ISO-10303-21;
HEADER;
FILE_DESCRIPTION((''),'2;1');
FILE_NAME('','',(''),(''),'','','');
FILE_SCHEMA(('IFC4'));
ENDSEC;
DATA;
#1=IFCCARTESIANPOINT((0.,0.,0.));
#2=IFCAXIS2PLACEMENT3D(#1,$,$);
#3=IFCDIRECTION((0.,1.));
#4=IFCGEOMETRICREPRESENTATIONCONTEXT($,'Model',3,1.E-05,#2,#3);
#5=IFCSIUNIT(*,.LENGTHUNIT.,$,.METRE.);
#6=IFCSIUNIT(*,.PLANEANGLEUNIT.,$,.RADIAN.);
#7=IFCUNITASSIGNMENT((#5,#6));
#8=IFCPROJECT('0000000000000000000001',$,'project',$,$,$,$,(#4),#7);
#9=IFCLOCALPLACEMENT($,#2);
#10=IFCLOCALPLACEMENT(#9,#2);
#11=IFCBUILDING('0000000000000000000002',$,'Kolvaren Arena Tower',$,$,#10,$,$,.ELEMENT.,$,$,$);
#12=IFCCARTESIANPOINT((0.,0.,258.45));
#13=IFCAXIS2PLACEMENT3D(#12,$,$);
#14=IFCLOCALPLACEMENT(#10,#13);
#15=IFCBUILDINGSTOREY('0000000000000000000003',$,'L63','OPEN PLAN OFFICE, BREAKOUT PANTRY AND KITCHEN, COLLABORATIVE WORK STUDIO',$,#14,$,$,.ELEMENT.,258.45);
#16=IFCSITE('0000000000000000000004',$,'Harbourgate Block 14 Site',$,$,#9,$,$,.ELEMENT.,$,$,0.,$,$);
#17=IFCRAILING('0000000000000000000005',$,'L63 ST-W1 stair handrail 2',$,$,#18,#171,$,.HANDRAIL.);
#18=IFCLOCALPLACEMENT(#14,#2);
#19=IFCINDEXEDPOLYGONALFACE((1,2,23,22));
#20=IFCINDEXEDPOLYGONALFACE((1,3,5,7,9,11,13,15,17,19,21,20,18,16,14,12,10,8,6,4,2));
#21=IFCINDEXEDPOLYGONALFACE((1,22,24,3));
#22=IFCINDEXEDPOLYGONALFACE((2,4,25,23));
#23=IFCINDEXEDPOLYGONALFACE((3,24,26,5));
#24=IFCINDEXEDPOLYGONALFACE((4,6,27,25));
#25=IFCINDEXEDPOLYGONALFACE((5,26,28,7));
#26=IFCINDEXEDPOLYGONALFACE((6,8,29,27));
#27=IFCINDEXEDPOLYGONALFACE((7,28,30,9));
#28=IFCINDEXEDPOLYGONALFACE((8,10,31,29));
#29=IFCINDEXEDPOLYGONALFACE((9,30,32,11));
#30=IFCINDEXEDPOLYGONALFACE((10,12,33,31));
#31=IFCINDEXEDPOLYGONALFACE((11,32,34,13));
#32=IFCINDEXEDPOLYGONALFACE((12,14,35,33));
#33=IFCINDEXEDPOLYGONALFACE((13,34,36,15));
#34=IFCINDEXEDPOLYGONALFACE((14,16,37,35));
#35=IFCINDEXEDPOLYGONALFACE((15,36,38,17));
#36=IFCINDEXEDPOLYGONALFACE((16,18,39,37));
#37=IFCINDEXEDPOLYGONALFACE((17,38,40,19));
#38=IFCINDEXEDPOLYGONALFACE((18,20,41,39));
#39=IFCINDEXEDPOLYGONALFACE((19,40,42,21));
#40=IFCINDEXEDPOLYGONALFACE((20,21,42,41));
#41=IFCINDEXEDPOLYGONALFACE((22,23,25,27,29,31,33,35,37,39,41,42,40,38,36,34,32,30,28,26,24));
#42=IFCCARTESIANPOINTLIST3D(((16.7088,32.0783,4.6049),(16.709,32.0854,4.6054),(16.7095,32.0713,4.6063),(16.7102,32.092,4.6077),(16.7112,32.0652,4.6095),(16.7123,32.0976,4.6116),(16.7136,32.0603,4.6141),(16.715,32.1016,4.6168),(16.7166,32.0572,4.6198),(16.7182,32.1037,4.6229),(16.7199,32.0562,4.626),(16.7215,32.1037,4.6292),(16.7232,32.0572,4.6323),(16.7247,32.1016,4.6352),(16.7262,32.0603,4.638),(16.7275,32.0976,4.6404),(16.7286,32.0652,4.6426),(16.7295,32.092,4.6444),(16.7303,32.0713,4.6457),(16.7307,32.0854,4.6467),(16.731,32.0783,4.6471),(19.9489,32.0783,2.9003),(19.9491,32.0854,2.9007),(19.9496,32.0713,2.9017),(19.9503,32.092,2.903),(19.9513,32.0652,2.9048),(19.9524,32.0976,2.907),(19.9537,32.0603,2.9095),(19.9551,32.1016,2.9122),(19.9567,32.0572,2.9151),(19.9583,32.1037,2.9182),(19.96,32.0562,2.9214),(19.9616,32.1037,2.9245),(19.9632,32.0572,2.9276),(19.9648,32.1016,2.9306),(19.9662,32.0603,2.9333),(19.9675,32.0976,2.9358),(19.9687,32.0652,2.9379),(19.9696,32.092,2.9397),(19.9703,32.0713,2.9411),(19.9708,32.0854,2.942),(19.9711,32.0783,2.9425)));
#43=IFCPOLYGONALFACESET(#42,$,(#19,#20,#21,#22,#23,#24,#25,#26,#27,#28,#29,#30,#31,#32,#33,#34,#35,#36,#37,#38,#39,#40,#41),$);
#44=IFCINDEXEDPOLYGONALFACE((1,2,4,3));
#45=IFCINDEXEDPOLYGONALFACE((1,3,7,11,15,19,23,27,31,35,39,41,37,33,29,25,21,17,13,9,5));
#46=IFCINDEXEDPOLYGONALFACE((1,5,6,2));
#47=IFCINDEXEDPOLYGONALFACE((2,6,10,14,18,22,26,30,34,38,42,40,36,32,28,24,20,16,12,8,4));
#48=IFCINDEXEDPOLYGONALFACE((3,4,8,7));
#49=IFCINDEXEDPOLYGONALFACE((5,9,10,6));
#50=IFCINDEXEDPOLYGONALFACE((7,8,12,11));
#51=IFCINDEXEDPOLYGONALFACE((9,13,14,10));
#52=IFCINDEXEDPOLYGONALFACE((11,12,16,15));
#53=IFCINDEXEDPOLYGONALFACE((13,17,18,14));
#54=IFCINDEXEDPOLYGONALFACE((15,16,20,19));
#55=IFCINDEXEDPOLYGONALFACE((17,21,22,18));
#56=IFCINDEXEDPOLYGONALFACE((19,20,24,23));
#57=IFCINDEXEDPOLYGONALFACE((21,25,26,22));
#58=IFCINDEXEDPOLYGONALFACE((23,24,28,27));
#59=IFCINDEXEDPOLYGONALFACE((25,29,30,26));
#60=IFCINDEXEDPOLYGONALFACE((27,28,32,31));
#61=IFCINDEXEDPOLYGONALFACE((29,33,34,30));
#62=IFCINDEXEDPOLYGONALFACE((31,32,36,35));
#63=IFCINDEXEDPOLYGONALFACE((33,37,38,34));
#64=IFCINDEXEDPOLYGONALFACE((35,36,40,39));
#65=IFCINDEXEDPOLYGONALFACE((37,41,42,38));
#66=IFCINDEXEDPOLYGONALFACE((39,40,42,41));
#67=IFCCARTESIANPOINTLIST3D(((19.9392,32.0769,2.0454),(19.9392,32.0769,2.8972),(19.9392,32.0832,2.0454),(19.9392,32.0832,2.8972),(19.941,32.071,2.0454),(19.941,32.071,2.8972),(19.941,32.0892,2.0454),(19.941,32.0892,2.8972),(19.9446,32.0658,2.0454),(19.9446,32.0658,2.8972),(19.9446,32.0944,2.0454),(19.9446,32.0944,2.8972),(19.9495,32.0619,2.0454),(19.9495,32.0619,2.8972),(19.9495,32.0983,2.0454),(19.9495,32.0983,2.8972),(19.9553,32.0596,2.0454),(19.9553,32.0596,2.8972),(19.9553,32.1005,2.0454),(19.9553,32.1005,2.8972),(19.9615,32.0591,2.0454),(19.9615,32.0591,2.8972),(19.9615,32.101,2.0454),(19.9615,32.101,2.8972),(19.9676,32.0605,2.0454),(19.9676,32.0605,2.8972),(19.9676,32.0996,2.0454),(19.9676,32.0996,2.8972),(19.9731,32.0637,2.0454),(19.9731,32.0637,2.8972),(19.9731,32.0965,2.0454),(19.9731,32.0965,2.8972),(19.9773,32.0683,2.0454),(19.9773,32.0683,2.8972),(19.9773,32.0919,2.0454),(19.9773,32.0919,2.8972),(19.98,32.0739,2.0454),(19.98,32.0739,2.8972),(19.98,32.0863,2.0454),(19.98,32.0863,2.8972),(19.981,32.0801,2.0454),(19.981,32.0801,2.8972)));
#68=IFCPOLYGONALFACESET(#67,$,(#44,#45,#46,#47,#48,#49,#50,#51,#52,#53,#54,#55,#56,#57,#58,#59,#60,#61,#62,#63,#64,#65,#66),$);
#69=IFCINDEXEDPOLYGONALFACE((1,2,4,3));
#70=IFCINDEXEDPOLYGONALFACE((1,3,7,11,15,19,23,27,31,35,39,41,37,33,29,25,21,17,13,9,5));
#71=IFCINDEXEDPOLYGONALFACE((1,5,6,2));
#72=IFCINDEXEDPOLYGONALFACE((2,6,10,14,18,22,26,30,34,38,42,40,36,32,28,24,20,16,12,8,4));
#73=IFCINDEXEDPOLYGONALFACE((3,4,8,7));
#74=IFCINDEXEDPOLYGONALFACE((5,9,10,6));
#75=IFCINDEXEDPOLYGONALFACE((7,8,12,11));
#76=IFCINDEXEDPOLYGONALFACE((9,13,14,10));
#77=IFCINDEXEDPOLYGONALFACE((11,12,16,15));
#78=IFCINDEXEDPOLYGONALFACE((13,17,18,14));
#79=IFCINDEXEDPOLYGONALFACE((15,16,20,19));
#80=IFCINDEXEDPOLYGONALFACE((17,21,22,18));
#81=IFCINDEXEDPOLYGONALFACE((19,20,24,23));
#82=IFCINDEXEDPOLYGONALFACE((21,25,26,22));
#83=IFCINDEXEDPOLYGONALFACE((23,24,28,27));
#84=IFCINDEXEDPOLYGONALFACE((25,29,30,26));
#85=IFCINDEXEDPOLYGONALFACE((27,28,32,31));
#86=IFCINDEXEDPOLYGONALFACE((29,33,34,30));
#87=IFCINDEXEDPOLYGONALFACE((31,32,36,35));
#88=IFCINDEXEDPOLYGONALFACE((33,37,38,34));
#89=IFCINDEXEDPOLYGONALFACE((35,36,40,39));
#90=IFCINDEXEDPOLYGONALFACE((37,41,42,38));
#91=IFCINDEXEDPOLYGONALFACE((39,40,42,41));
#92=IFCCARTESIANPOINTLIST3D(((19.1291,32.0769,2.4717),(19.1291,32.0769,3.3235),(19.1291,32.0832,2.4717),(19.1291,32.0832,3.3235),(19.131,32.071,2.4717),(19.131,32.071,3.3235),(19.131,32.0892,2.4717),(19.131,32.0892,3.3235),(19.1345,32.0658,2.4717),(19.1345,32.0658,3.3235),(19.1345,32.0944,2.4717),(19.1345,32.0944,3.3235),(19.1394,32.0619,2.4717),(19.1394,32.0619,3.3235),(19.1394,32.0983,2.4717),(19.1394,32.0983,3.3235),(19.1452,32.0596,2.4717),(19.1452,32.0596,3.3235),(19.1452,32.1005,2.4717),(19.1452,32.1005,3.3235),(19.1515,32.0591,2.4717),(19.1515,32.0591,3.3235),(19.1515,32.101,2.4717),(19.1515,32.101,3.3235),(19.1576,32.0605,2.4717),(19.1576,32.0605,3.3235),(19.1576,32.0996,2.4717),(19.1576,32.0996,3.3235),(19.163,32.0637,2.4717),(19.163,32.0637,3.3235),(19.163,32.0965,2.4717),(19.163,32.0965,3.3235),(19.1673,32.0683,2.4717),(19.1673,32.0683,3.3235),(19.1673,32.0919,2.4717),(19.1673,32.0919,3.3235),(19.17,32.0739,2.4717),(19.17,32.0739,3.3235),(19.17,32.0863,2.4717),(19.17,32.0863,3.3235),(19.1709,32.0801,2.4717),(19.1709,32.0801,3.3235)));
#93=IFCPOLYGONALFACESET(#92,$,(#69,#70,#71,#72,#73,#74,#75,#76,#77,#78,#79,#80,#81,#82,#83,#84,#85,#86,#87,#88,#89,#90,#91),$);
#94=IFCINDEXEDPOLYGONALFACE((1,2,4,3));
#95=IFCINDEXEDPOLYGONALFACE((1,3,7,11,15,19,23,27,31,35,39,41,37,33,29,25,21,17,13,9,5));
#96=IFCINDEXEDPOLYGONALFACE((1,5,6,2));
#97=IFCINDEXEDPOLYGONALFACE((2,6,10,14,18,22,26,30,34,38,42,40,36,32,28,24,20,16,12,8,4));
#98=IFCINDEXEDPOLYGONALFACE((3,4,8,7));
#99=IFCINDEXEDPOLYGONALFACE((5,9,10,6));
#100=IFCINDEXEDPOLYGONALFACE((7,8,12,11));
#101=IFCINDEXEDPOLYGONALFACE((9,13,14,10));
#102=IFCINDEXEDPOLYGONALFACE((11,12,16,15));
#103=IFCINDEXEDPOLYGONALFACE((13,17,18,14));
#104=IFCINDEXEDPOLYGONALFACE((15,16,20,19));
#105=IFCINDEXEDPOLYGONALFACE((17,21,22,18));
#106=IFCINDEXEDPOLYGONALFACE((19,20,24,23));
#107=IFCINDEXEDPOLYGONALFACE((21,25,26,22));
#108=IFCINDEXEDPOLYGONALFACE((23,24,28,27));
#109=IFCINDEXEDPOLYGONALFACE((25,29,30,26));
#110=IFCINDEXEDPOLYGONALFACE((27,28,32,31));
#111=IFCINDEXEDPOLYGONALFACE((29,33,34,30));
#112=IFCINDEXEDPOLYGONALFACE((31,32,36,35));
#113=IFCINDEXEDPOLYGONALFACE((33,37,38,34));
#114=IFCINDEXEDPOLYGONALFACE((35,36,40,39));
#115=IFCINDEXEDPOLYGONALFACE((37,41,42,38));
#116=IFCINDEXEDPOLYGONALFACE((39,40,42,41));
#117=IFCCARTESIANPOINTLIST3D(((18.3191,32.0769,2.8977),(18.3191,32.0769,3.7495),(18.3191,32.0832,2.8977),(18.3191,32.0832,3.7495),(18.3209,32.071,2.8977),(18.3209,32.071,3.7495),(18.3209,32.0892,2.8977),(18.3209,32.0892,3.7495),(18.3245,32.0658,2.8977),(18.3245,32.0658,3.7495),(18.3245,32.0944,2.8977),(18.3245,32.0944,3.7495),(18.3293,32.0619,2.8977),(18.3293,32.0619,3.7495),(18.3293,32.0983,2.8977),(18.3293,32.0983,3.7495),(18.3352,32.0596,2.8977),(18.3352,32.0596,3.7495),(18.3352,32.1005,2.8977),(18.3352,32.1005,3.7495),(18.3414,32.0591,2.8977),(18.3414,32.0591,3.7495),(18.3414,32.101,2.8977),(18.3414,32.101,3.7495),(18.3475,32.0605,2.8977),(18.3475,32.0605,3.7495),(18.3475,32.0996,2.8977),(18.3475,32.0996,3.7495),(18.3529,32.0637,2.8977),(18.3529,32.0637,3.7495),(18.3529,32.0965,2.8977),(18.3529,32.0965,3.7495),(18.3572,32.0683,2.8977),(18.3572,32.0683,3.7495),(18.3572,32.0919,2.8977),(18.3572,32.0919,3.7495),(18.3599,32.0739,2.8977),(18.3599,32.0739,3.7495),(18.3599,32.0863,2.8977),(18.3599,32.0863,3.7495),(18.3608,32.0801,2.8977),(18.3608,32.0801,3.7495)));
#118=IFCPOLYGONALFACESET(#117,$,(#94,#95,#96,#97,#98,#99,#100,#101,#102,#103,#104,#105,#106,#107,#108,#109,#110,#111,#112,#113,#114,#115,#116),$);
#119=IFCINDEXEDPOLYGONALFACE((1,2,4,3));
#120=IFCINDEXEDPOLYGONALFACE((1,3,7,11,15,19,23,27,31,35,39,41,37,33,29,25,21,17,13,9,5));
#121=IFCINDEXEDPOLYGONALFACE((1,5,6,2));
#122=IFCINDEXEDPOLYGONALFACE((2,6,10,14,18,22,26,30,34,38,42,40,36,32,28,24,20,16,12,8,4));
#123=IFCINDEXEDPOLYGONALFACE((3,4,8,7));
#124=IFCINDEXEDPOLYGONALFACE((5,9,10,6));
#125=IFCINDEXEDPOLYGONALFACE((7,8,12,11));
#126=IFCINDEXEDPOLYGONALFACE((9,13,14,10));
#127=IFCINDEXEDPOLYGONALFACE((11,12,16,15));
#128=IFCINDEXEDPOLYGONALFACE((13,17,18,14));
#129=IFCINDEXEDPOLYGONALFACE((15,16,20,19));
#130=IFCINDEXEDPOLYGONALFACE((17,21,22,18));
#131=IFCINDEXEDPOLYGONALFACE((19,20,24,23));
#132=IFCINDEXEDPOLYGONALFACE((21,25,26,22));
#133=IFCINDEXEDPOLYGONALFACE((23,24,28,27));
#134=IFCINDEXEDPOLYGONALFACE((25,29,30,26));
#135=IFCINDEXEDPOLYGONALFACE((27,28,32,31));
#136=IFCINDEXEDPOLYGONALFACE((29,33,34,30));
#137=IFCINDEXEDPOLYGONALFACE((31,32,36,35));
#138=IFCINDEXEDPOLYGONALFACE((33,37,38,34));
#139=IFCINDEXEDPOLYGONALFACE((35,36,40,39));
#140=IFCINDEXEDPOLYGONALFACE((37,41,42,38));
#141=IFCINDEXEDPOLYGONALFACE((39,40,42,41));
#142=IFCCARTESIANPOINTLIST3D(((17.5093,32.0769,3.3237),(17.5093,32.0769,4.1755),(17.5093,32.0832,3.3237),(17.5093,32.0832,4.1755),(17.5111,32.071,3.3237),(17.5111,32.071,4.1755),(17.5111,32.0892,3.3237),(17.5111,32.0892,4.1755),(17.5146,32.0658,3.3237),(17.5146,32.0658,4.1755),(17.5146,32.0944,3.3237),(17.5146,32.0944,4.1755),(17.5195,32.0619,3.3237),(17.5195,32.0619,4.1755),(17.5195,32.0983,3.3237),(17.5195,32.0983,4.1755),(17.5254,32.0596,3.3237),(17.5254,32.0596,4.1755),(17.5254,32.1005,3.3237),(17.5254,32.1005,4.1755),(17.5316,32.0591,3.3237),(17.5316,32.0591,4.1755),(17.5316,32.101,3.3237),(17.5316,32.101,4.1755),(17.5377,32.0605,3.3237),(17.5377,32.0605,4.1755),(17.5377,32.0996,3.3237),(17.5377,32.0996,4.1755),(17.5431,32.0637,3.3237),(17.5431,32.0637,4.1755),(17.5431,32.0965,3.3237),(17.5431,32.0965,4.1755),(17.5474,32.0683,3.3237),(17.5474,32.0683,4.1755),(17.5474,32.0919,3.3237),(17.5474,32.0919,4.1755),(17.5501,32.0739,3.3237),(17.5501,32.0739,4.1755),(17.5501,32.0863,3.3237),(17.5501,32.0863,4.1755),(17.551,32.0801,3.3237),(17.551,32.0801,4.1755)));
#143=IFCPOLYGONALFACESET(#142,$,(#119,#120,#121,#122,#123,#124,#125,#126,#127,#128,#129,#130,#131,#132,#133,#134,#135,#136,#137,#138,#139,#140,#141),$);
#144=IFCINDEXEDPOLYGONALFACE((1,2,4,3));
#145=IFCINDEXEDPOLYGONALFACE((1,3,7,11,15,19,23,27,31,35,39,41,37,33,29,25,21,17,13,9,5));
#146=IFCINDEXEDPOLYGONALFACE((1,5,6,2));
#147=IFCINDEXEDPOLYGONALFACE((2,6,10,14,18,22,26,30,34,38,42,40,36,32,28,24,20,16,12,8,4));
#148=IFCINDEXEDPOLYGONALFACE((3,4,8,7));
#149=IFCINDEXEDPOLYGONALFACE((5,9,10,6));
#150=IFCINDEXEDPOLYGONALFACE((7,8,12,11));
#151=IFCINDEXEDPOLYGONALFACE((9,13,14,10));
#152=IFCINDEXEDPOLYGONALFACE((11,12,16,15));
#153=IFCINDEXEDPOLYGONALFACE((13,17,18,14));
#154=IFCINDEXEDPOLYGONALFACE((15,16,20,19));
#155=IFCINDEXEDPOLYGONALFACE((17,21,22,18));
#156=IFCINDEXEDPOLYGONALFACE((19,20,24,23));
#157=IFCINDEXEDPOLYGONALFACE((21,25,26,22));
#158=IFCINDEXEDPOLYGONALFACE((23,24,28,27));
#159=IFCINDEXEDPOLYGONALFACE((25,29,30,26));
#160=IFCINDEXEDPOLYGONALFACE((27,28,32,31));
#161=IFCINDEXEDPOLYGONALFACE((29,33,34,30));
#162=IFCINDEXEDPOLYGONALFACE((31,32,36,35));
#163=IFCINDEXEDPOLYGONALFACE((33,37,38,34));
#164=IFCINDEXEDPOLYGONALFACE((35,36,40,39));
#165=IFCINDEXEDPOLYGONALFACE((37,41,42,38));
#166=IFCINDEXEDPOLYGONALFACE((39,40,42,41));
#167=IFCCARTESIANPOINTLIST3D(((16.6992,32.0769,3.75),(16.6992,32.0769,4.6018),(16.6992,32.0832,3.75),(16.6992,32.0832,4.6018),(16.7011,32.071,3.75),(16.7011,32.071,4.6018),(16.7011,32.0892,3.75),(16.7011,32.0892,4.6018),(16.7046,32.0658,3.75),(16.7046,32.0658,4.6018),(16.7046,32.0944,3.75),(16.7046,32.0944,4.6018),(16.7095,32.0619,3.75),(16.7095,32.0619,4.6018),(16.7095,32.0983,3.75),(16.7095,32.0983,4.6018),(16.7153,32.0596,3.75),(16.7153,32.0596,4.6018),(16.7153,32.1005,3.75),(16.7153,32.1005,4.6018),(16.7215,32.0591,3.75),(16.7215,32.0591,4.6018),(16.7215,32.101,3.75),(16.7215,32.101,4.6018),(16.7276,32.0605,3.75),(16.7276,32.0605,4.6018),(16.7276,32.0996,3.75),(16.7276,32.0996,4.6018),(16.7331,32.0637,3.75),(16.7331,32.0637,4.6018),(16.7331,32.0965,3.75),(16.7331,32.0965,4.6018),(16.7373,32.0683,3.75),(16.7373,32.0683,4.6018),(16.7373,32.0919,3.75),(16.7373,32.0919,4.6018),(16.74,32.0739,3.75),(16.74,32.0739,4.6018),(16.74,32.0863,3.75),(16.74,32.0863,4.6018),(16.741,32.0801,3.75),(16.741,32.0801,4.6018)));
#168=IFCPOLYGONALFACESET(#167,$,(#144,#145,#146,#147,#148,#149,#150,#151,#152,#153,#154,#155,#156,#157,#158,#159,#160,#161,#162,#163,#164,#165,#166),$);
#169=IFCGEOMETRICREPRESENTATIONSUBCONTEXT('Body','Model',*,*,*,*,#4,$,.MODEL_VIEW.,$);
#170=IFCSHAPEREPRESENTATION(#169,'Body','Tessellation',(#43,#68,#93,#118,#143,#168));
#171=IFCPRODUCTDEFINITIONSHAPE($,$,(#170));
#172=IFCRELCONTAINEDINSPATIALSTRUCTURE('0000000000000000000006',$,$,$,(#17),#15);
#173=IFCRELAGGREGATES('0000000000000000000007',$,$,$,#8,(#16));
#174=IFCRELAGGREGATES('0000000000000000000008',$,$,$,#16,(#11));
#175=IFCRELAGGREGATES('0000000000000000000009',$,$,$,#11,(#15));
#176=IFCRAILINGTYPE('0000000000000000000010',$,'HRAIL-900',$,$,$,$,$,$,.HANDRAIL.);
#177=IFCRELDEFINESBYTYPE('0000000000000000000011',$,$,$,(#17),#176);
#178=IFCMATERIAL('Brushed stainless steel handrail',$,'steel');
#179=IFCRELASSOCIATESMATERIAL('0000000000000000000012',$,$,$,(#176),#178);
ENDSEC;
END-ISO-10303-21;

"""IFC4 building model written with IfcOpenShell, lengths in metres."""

from ifc_helpers import new_model, si_unit, direction, frame, origin, origin_2d, place, context, subcontext, project, spatial, circle, extrude, material, type_object, element, save


model = new_model("IFC4")

# Units and contexts
model_context = context("Model", 3, precision=1e-05, world=origin(), true_north=direction((0.0, 1.0)))
body_context = subcontext(model_context, "Body", "Model", "MODEL_VIEW")
ifc_project = project(units=[si_unit("LENGTHUNIT", "METRE"), si_unit("PLANEANGLEUNIT", "RADIAN")], contexts=[model_context])

# Site, building, storey
site_placement = place(None, origin())
site = spatial("IfcSite", under=ifc_project, at=site_placement, Name="Harbourgate Block 14 Site", CompositionType="ELEMENT", RefElevation=0.0)
building_placement = place(site_placement, origin())
building = spatial("IfcBuilding", under=site, at=building_placement, Name="Kolvaren Arena Tower", CompositionType="ELEMENT")
storey_placement = place(building_placement, frame((0.0, 0.0, 258.45)))
storey = spatial("IfcBuildingStorey", under=building, at=storey_placement, Name="L63", Description="OPEN PLAN OFFICE, BREAKOUT PANTRY AND KITCHEN, COLLABORATIVE WORK STUDIO", CompositionType="ELEMENT", Elevation=258.45)

# Railing
ifc_material_1 = material(Name="Brushed stainless steel handrail", Category="steel")
railing_type_1 = type_object("IfcRailingType", Name="HRAIL-900", PredefinedType="HANDRAIL", material=ifc_material_1)
railing_1_placement = place(storey_placement, frame((19.96, 32.0801, 2.0454)))
element("IfcRailing", 1, at=railing_1_placement, inside=storey, type_object=railing_type_1, Name="L63 ST-W1 stair handrail 2", PredefinedType="HANDRAIL", context=body_context, shape_type="SweptSolid", body=[
    extrude(circle(Radius=0.0239, at=origin_2d()), frame((0.0, 0.0, 0.876), z_axis=(-0.884993, 0.0, 0.465604), x_axis=(0.0, -1.0, 0.0)), (0.0, 0.0, 1.0), 3.6611),
    extrude(circle(Radius=0.021, at=origin_2d()), origin(), (0.0, 0.0, 1.0), 0.8518),
    extrude(circle(Radius=0.021, at=origin_2d()), frame((-0.8101, 0.0, 0.4263)), (0.0, 0.0, 1.0), 0.8518),
    extrude(circle(Radius=0.021, at=origin_2d()), frame((-1.6201, 0.0, 0.8523)), (0.0, 0.0, 1.0), 0.8518),
    extrude(circle(Radius=0.021, at=origin_2d()), frame((-2.4299, 0.0, 1.2783)), (0.0, 0.0, 1.0), 0.8518),
    extrude(circle(Radius=0.021, at=origin_2d()), frame((-3.24, 0.0, 1.7046)), (0.0, 0.0, 1.0), 0.8518),
])

save(model, "model.ifc")
